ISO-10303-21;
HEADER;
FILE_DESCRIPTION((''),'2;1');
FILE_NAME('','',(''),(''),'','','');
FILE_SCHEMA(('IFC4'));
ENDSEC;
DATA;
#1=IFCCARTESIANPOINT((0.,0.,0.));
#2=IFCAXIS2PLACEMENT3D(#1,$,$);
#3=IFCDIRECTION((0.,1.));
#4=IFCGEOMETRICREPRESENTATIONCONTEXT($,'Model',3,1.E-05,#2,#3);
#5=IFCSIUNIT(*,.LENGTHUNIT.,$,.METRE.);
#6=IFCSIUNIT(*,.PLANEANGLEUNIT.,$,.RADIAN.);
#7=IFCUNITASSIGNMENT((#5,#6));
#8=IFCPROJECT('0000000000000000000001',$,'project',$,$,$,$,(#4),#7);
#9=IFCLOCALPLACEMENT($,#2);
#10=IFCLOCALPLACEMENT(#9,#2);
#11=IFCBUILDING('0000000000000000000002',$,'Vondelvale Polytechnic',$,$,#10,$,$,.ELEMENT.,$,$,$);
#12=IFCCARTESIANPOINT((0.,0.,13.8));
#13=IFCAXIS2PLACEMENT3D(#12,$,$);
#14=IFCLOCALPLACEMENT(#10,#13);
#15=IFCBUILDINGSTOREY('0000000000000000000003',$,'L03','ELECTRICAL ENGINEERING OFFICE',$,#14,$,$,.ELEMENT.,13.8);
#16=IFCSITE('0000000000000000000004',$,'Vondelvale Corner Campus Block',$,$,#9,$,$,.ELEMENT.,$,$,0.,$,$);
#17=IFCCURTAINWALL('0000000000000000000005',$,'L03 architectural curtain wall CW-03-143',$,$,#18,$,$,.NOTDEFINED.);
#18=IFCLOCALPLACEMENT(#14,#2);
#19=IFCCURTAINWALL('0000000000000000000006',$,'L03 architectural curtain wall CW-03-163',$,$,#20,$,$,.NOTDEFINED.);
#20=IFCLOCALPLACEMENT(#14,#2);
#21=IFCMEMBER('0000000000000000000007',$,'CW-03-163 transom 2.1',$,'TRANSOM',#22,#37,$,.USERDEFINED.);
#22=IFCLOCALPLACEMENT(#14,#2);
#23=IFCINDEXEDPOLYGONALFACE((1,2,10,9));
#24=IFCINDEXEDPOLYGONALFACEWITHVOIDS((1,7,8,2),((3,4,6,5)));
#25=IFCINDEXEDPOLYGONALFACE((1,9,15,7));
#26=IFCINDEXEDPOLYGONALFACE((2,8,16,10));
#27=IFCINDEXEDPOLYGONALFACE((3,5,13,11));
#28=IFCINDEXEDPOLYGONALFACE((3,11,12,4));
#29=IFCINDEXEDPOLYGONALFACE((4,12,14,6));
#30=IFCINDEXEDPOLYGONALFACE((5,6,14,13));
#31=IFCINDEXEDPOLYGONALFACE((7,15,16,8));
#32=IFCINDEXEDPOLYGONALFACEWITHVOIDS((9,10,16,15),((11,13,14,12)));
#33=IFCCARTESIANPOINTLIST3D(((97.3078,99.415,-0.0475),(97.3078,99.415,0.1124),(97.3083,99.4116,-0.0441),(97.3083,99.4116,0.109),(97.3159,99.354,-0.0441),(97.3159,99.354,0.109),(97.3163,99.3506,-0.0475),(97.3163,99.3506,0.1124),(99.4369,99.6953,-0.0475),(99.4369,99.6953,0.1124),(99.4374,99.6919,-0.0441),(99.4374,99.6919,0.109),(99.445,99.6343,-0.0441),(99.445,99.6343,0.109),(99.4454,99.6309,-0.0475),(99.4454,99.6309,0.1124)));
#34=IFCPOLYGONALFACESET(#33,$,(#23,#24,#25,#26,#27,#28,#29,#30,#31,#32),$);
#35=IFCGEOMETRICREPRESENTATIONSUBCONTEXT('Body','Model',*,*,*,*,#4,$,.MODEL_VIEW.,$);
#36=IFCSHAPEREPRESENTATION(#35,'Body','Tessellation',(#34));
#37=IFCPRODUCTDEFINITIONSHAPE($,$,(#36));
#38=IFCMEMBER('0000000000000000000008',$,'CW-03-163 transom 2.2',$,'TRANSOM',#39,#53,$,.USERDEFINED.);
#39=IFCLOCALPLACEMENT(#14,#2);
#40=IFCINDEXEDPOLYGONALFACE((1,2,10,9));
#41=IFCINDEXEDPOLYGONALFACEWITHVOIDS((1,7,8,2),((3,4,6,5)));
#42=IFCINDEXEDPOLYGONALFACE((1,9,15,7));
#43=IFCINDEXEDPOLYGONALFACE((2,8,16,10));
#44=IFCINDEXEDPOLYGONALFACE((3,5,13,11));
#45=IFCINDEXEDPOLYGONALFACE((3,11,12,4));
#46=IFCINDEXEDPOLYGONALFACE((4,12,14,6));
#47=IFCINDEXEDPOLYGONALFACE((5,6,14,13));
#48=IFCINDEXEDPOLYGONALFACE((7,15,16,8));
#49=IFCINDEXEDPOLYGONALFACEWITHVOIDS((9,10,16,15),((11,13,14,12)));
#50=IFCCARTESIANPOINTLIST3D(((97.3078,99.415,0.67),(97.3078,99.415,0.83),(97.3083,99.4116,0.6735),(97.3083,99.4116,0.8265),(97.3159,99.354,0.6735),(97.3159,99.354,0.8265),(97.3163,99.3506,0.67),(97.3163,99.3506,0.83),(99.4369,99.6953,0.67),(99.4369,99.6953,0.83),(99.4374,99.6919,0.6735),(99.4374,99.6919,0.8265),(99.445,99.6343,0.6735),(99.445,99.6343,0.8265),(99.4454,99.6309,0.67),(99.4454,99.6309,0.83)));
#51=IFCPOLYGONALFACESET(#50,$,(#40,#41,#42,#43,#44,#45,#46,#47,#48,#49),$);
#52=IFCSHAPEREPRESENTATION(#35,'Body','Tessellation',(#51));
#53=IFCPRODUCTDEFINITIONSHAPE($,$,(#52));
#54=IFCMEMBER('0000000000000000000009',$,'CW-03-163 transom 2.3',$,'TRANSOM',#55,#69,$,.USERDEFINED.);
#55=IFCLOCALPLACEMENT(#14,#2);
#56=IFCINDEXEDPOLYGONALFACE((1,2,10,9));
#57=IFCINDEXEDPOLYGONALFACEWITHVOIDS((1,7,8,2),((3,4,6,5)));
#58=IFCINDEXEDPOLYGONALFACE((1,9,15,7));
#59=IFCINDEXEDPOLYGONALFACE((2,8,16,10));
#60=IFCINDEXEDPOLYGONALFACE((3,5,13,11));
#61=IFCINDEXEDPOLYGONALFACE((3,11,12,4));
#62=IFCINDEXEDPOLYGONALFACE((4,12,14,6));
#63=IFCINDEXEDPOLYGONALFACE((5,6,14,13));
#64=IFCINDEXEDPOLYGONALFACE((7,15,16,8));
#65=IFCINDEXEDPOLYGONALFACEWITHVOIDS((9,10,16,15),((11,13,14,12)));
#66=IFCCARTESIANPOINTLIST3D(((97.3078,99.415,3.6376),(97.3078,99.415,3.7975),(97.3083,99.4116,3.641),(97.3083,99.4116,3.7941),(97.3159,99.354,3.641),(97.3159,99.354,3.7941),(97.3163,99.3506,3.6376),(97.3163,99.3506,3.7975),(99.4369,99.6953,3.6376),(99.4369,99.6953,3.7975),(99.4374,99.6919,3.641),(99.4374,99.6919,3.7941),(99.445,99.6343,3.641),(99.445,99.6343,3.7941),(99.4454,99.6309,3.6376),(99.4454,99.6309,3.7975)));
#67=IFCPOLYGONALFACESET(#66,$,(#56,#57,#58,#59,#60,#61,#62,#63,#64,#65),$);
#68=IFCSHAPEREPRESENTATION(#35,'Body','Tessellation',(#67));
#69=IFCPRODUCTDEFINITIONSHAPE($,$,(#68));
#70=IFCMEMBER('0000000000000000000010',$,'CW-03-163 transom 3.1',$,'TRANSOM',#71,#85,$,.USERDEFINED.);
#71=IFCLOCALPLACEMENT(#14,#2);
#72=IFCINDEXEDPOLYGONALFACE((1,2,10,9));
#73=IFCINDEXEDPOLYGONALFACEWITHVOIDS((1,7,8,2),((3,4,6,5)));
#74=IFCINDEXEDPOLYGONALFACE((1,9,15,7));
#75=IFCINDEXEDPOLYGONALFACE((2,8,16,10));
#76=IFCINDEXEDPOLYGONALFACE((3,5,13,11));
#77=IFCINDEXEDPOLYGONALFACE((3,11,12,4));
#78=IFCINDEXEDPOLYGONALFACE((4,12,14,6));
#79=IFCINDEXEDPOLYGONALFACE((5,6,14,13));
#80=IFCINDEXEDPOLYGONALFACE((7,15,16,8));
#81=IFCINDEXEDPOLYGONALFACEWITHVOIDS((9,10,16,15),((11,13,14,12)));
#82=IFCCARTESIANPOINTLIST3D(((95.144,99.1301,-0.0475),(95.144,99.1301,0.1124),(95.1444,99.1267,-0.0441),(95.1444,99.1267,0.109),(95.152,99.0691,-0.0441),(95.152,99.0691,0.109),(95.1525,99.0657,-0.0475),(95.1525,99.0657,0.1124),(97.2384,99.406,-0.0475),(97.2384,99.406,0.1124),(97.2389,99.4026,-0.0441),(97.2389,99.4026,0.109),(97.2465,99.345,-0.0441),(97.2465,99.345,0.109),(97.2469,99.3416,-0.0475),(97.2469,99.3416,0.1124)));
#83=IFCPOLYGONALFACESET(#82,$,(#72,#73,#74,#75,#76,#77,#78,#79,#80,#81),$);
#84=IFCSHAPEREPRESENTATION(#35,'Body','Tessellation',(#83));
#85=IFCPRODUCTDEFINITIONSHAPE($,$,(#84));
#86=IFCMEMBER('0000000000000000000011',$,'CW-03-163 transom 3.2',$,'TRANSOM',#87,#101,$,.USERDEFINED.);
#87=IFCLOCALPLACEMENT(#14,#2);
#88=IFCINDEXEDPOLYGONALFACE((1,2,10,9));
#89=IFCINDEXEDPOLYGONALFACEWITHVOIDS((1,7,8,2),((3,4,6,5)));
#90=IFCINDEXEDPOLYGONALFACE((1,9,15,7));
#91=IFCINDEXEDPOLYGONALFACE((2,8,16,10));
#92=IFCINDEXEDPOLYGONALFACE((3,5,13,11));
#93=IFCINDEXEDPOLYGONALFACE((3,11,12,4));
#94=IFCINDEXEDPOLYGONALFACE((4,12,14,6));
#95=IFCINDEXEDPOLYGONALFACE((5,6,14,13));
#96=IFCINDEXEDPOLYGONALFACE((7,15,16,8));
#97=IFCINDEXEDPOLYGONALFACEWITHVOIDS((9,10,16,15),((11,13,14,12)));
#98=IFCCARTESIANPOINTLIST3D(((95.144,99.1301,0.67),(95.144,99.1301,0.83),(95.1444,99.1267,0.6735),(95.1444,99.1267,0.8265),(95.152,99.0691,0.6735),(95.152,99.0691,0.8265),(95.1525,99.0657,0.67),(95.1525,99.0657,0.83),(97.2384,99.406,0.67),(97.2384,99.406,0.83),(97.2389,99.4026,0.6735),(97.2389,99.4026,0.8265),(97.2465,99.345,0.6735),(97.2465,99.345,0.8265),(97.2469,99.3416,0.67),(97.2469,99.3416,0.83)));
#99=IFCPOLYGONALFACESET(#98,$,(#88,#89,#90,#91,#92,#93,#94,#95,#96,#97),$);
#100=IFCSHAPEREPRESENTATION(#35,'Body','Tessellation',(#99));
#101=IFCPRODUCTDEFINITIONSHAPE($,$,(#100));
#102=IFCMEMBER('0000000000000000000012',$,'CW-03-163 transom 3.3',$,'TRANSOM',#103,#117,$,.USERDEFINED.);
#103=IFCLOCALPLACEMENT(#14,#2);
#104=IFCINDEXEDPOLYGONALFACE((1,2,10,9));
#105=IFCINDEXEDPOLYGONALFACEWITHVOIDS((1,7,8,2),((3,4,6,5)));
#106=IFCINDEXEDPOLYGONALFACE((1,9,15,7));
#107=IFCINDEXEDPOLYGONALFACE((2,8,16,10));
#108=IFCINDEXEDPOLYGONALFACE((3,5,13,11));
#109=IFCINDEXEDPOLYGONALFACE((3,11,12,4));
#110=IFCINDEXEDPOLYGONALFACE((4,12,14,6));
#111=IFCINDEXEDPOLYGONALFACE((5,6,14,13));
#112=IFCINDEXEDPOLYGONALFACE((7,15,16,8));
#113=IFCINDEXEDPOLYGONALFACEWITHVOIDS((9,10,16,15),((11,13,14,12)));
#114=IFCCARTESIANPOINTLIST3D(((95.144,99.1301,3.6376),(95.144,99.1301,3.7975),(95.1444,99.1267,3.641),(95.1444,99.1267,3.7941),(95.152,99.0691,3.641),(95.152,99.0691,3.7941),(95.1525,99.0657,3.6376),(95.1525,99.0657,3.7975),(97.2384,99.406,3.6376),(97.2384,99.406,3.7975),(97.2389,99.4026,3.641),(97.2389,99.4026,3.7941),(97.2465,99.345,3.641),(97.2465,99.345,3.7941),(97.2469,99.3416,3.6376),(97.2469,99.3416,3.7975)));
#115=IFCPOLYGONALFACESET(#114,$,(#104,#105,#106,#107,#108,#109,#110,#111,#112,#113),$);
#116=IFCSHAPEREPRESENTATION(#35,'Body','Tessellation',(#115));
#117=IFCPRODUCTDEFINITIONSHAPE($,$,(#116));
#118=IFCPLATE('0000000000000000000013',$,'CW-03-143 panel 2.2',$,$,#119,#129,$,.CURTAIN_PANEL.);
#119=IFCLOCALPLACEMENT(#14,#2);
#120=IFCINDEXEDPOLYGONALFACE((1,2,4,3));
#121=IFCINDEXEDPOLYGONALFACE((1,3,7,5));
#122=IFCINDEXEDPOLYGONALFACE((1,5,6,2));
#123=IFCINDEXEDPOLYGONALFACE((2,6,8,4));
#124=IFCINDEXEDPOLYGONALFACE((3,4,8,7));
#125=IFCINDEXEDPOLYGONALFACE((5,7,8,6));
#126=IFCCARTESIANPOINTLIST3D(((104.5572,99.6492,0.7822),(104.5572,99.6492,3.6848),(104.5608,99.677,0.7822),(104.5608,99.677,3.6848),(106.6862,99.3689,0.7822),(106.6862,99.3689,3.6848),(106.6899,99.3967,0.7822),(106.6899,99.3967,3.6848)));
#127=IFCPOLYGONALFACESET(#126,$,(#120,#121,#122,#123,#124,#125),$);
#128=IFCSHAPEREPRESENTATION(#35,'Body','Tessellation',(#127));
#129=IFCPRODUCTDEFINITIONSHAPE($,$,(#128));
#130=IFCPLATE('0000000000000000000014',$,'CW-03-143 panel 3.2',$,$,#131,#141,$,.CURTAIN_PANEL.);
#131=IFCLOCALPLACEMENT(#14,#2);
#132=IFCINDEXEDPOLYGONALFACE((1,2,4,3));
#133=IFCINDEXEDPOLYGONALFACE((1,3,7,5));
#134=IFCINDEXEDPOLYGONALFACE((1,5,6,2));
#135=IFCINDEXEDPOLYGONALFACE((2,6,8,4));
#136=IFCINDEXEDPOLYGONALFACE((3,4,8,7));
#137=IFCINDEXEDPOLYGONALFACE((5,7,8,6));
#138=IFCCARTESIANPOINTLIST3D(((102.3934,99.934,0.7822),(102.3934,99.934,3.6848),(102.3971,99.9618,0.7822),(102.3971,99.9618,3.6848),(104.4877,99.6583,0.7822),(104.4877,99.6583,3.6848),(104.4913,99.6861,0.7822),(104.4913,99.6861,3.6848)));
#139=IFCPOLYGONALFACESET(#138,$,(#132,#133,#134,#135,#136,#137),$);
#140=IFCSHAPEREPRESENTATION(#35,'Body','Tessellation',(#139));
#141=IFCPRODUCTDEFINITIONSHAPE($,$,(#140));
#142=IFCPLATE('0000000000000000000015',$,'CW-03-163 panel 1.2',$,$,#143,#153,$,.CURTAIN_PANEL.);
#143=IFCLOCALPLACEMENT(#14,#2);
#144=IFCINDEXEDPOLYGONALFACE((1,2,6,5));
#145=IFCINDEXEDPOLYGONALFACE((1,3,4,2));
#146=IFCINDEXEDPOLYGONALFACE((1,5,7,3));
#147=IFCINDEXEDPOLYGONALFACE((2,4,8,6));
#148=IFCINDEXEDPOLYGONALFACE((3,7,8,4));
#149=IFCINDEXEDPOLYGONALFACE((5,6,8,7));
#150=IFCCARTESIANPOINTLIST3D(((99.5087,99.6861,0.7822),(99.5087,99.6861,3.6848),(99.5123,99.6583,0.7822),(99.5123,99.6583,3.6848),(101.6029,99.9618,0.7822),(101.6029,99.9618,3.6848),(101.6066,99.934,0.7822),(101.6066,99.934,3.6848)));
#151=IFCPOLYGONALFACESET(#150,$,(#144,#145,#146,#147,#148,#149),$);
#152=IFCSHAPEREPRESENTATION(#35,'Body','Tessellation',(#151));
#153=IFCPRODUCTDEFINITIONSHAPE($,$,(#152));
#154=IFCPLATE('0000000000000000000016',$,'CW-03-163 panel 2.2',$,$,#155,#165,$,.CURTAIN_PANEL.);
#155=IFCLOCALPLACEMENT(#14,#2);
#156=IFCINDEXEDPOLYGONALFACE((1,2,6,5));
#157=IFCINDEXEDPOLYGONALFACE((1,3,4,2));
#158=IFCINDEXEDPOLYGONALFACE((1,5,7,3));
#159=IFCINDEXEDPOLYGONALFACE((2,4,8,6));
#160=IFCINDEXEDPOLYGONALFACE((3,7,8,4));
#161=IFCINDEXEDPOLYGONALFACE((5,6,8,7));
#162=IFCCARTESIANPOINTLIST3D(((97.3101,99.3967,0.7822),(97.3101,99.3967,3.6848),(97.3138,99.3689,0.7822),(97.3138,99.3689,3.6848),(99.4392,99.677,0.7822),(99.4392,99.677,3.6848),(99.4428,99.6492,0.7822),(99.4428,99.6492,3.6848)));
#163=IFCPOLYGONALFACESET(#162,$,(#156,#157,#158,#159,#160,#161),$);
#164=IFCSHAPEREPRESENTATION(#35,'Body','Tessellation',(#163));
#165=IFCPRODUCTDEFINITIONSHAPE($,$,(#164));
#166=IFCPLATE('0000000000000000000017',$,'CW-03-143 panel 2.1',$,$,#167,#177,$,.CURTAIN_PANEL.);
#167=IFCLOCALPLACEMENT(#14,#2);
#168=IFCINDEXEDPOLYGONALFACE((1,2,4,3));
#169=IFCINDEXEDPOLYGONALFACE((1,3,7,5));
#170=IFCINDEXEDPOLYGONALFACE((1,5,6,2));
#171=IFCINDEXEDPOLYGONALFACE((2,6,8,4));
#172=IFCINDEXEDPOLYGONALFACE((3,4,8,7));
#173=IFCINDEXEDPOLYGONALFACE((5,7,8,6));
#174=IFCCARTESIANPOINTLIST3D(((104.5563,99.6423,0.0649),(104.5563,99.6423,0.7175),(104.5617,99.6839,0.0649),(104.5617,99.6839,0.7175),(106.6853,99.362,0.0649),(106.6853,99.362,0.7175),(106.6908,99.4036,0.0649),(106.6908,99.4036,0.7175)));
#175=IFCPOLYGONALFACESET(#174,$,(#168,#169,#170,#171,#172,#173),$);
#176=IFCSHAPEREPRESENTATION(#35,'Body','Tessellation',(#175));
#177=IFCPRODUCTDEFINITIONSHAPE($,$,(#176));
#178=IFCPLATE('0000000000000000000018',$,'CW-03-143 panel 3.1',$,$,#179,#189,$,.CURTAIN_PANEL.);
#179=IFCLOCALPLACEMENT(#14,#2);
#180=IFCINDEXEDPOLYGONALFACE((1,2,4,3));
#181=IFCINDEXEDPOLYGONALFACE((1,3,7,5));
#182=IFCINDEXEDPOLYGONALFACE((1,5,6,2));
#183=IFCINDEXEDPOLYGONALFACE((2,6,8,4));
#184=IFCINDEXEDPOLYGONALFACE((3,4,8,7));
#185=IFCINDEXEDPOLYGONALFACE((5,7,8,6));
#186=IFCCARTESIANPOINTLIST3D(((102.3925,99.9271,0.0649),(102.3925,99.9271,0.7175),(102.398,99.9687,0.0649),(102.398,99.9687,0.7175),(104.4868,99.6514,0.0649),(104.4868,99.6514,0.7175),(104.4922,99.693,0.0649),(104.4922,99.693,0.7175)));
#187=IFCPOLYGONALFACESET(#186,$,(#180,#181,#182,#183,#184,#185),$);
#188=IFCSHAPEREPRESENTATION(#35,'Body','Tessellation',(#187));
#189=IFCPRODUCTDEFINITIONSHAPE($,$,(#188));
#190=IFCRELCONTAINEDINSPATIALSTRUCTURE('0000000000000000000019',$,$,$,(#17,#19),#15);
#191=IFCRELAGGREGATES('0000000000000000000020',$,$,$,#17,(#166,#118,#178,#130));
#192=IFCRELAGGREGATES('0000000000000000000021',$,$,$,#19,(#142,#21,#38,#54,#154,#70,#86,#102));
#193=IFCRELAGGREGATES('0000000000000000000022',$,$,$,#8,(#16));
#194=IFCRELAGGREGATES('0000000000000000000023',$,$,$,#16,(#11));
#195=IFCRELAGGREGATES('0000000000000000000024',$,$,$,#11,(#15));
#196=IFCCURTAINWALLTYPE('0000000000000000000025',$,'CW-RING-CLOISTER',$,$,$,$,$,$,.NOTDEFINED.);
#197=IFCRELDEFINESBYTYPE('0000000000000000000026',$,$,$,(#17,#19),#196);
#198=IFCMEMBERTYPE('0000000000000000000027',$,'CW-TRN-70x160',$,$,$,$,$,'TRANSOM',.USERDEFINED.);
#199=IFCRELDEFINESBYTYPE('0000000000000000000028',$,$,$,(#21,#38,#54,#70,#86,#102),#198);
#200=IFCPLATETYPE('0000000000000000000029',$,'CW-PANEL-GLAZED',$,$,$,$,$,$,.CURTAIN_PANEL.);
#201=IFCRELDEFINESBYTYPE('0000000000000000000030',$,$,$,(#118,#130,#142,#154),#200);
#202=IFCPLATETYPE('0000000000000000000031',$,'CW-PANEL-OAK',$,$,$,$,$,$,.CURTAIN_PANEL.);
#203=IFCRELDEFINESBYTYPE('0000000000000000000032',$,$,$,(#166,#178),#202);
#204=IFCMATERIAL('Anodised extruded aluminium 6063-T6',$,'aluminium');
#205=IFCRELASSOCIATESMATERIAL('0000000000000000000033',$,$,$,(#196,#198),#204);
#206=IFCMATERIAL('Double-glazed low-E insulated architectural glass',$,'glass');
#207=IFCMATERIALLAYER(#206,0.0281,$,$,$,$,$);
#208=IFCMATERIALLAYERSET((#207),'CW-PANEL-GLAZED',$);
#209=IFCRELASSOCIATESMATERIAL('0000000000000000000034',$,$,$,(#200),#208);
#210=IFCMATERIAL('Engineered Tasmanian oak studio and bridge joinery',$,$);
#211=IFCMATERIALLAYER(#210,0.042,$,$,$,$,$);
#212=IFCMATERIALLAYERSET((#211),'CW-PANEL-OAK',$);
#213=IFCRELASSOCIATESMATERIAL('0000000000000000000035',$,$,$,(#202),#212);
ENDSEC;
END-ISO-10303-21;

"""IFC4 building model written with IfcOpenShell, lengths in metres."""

from ifc_helpers import new_model, si_unit, direction, frame, origin, origin_2d, place, context, subcontext, project, spatial, rectangle, hollow_rectangle, extrude, material, layer, layer_set, material_profile, profile_set, type_object, element, aggregate, save


model = new_model("IFC4")

# Units and contexts
model_context = context("Model", 3, precision=1e-05, world=origin(), true_north=direction((0.0, 1.0)))
body_context = subcontext(model_context, "Body", "Model", "MODEL_VIEW")
ifc_project = project(units=[si_unit("LENGTHUNIT", "METRE"), si_unit("PLANEANGLEUNIT", "RADIAN")], contexts=[model_context])

# Site, building, storey
site_placement = place(None, origin())
site = spatial("IfcSite", under=ifc_project, at=site_placement, Name="Vondelvale Corner Campus Block", CompositionType="ELEMENT", RefElevation=0.0)
building_placement = place(site_placement, origin())
building = spatial("IfcBuilding", under=site, at=building_placement, Name="Vondelvale Polytechnic", CompositionType="ELEMENT")
storey_placement = place(building_placement, frame((0.0, 0.0, 13.8)))
storey = spatial("IfcBuildingStorey", under=building, at=storey_placement, Name="L03", Description="ELECTRICAL ENGINEERING OFFICE", CompositionType="ELEMENT", Elevation=13.8)

# Curtain walls
ifc_material_1 = material(Name="Anodised extruded aluminium 6063-T6", Category="aluminium")
curtain_wall_type = type_object("IfcCurtainWallType", Name="CW-RING-CLOISTER", PredefinedType="NOTDEFINED", material=ifc_material_1)
curtain_wall_1_placement = place(storey_placement, origin())
curtain_wall_1 = element("IfcCurtainWall", 1, at=curtain_wall_1_placement, inside=storey, type_object=curtain_wall_type, Name="L03 architectural curtain wall CW-03-143", PredefinedType="NOTDEFINED")
curtain_wall_2_placement = place(storey_placement, origin())
curtain_wall_2 = element("IfcCurtainWall", 2, at=curtain_wall_2_placement, inside=storey, type_object=curtain_wall_type, Name="L03 architectural curtain wall CW-03-163", PredefinedType="NOTDEFINED")

# Members
ifc_material_profile_1 = material_profile(ifc_material_1, hollow_rectangle(XDim=0.0649, YDim=0.1599, WallThickness=0.0034, at=origin_2d()), Name="CW-TRN-160x65")
ifc_profile_set_1 = profile_set([ifc_material_profile_1], Name="Anodised extruded aluminium 6063-T6")
member_type_1 = type_object("IfcMemberType", Name="CW-TRN-70x160", ElementType="TRANSOM", PredefinedType="USERDEFINED", material=ifc_profile_set_1)
member_1_placement = place(storey_placement, frame((99.4412, 99.6631, 0.0325), z_axis=(-0.991447, -0.13051, 0.0), x_axis=(0.13051, -0.991447, 0.0)))
member_1 = element("IfcMember", 3, at=member_1_placement, type_object=member_type_1, Name="CW-03-163 transom 2.1", ObjectType="TRANSOM", PredefinedType="USERDEFINED", context=body_context, shape_type="SweptSolid", body=[
    extrude(hollow_rectangle(XDim=0.0649, YDim=0.1599, WallThickness=0.0034, at=origin_2d()), origin(), (0.0, 0.0, 1.0), 2.1475),
])
member_2_placement = place(storey_placement, frame((99.4412, 99.6631, 0.75), z_axis=(-0.991447, -0.13051, 0.0), x_axis=(0.13051, -0.991447, 0.0)))
member_2 = element("IfcMember", 4, at=member_2_placement, type_object=member_type_1, Name="CW-03-163 transom 2.2", ObjectType="TRANSOM", PredefinedType="USERDEFINED", context=body_context, shape_type="SweptSolid", body=[
    extrude(hollow_rectangle(XDim=0.0649, YDim=0.1599, WallThickness=0.0034, at=origin_2d()), origin(), (0.0, 0.0, 1.0), 2.1475),
])
member_3_placement = place(storey_placement, frame((99.4412, 99.6631, 3.7175), z_axis=(-0.991447, -0.13051, 0.0), x_axis=(0.13051, -0.991447, 0.0)))
member_3 = element("IfcMember", 5, at=member_3_placement, type_object=member_type_1, Name="CW-03-163 transom 2.3", ObjectType="TRANSOM", PredefinedType="USERDEFINED", context=body_context, shape_type="SweptSolid", body=[
    extrude(hollow_rectangle(XDim=0.0649, YDim=0.1599, WallThickness=0.0034, at=origin_2d()), origin(), (0.0, 0.0, 1.0), 2.1475),
])
member_4_placement = place(storey_placement, frame((97.2427, 99.3738, 0.0325), z_axis=(-0.991437, -0.130589, 0.0), x_axis=(0.130589, -0.991437, 0.0)))
member_4 = element("IfcMember", 6, at=member_4_placement, type_object=member_type_1, Name="CW-03-163 transom 3.1", ObjectType="TRANSOM", PredefinedType="USERDEFINED", context=body_context, shape_type="SweptSolid", body=[
    extrude(hollow_rectangle(XDim=0.0649, YDim=0.1599, WallThickness=0.0034, at=origin_2d()), origin(), (0.0, 0.0, 1.0), 2.1125),
])
member_5_placement = place(storey_placement, frame((97.2427, 99.3738, 0.75), z_axis=(-0.991437, -0.130589, 0.0), x_axis=(0.130589, -0.991437, 0.0)))
member_5 = element("IfcMember", 7, at=member_5_placement, type_object=member_type_1, Name="CW-03-163 transom 3.2", ObjectType="TRANSOM", PredefinedType="USERDEFINED", context=body_context, shape_type="SweptSolid", body=[
    extrude(hollow_rectangle(XDim=0.0649, YDim=0.1599, WallThickness=0.0034, at=origin_2d()), origin(), (0.0, 0.0, 1.0), 2.1125),
])
member_6_placement = place(storey_placement, frame((97.2427, 99.3738, 3.7175), z_axis=(-0.991437, -0.130589, 0.0), x_axis=(0.130589, -0.991437, 0.0)))
member_6 = element("IfcMember", 8, at=member_6_placement, type_object=member_type_1, Name="CW-03-163 transom 3.3", ObjectType="TRANSOM", PredefinedType="USERDEFINED", context=body_context, shape_type="SweptSolid", body=[
    extrude(hollow_rectangle(XDim=0.0649, YDim=0.1599, WallThickness=0.0034, at=origin_2d()), origin(), (0.0, 0.0, 1.0), 2.1125),
])

# Plates
ifc_material_2 = material(Name="Double-glazed low-E insulated architectural glass", Category="glass")
ifc_layer_1 = layer(ifc_material_2, 0.0281)
ifc_layer_set_1 = layer_set([ifc_layer_1], Name="CW-PANEL-GLAZED")
plate_type_1 = type_object("IfcPlateType", Name="CW-PANEL-GLAZED", PredefinedType="CURTAIN_PANEL", material=ifc_layer_set_1)
plate_1_placement = place(storey_placement, frame((105.6235, 99.5229, 0.7822), z_axis=(0.0, 0.0, 1.0), x_axis=(-0.991445, 0.130528, 0.0)))
plate_1 = element("IfcPlate", 9, at=plate_1_placement, type_object=plate_type_1, Name="CW-03-143 panel 2.2", PredefinedType="CURTAIN_PANEL", context=body_context, shape_type="SweptSolid", body=[
    extrude(rectangle(XDim=2.1475, YDim=0.0281, at=origin_2d()), origin(), (0.0, 0.0, 1.0), 2.9026),
])
plate_2_placement = place(storey_placement, frame((103.4424, 99.8101, 0.7822), z_axis=(0.0, 0.0, 1.0), x_axis=(-0.991445, 0.130528, 0.0)))
plate_2 = element("IfcPlate", 10, at=plate_2_placement, type_object=plate_type_1, Name="CW-03-143 panel 3.2", PredefinedType="CURTAIN_PANEL", context=body_context, shape_type="SweptSolid", body=[
    extrude(rectangle(XDim=2.1123, YDim=0.0281, at=origin_2d()), origin(), (0.0, 0.0, 1.0), 2.9026),
])
plate_3_placement = place(storey_placement, frame((100.5576, 99.8101, 0.7822), z_axis=(0.0, 0.0, 1.0), x_axis=(-0.991445, -0.130528, 0.0)))
plate_3 = element("IfcPlate", 11, at=plate_3_placement, type_object=plate_type_1, Name="CW-03-163 panel 1.2", PredefinedType="CURTAIN_PANEL", context=body_context, shape_type="SweptSolid", body=[
    extrude(rectangle(XDim=2.1123, YDim=0.0281, at=origin_2d()), origin(), (0.0, 0.0, 1.0), 2.9026),
])
plate_4_placement = place(storey_placement, frame((98.3765, 99.5229, 0.7822), z_axis=(0.0, 0.0, 1.0), x_axis=(-0.991445, -0.130528, 0.0)))
plate_4 = element("IfcPlate", 12, at=plate_4_placement, type_object=plate_type_1, Name="CW-03-163 panel 2.2", PredefinedType="CURTAIN_PANEL", context=body_context, shape_type="SweptSolid", body=[
    extrude(rectangle(XDim=2.1475, YDim=0.0281, at=origin_2d()), origin(), (0.0, 0.0, 1.0), 2.9026),
])
ifc_material_3 = material(Name="Engineered Tasmanian oak studio and bridge joinery")
ifc_layer_2 = layer(ifc_material_3, 0.042)
ifc_layer_set_2 = layer_set([ifc_layer_2], Name="CW-PANEL-OAK")
plate_type_2 = type_object("IfcPlateType", Name="CW-PANEL-OAK", PredefinedType="CURTAIN_PANEL", material=ifc_layer_set_2)
plate_5_placement = place(storey_placement, frame((105.6235, 99.5229, 0.0649), z_axis=(0.0, 0.0, 1.0), x_axis=(-0.991445, 0.130528, 0.0)))
plate_5 = element("IfcPlate", 13, at=plate_5_placement, type_object=plate_type_2, Name="CW-03-143 panel 2.1", PredefinedType="CURTAIN_PANEL", context=body_context, shape_type="SweptSolid", body=[
    extrude(rectangle(XDim=2.1475, YDim=0.042, at=origin_2d()), origin(), (0.0, 0.0, 1.0), 0.6526),
])
plate_6_placement = place(storey_placement, frame((103.4424, 99.8101, 0.0649), z_axis=(0.0, 0.0, 1.0), x_axis=(-0.991445, 0.130528, 0.0)))
plate_6 = element("IfcPlate", 14, at=plate_6_placement, type_object=plate_type_2, Name="CW-03-143 panel 3.1", PredefinedType="CURTAIN_PANEL", context=body_context, shape_type="SweptSolid", body=[
    extrude(rectangle(XDim=2.1123, YDim=0.042, at=origin_2d()), origin(), (0.0, 0.0, 1.0), 0.6526),
])
aggregate(curtain_wall_1, [plate_5, plate_1, plate_6, plate_2])
aggregate(curtain_wall_2, [plate_3, member_1, member_2, member_3, plate_4, member_4, member_5, member_6])

save(model, "model.ifc")
